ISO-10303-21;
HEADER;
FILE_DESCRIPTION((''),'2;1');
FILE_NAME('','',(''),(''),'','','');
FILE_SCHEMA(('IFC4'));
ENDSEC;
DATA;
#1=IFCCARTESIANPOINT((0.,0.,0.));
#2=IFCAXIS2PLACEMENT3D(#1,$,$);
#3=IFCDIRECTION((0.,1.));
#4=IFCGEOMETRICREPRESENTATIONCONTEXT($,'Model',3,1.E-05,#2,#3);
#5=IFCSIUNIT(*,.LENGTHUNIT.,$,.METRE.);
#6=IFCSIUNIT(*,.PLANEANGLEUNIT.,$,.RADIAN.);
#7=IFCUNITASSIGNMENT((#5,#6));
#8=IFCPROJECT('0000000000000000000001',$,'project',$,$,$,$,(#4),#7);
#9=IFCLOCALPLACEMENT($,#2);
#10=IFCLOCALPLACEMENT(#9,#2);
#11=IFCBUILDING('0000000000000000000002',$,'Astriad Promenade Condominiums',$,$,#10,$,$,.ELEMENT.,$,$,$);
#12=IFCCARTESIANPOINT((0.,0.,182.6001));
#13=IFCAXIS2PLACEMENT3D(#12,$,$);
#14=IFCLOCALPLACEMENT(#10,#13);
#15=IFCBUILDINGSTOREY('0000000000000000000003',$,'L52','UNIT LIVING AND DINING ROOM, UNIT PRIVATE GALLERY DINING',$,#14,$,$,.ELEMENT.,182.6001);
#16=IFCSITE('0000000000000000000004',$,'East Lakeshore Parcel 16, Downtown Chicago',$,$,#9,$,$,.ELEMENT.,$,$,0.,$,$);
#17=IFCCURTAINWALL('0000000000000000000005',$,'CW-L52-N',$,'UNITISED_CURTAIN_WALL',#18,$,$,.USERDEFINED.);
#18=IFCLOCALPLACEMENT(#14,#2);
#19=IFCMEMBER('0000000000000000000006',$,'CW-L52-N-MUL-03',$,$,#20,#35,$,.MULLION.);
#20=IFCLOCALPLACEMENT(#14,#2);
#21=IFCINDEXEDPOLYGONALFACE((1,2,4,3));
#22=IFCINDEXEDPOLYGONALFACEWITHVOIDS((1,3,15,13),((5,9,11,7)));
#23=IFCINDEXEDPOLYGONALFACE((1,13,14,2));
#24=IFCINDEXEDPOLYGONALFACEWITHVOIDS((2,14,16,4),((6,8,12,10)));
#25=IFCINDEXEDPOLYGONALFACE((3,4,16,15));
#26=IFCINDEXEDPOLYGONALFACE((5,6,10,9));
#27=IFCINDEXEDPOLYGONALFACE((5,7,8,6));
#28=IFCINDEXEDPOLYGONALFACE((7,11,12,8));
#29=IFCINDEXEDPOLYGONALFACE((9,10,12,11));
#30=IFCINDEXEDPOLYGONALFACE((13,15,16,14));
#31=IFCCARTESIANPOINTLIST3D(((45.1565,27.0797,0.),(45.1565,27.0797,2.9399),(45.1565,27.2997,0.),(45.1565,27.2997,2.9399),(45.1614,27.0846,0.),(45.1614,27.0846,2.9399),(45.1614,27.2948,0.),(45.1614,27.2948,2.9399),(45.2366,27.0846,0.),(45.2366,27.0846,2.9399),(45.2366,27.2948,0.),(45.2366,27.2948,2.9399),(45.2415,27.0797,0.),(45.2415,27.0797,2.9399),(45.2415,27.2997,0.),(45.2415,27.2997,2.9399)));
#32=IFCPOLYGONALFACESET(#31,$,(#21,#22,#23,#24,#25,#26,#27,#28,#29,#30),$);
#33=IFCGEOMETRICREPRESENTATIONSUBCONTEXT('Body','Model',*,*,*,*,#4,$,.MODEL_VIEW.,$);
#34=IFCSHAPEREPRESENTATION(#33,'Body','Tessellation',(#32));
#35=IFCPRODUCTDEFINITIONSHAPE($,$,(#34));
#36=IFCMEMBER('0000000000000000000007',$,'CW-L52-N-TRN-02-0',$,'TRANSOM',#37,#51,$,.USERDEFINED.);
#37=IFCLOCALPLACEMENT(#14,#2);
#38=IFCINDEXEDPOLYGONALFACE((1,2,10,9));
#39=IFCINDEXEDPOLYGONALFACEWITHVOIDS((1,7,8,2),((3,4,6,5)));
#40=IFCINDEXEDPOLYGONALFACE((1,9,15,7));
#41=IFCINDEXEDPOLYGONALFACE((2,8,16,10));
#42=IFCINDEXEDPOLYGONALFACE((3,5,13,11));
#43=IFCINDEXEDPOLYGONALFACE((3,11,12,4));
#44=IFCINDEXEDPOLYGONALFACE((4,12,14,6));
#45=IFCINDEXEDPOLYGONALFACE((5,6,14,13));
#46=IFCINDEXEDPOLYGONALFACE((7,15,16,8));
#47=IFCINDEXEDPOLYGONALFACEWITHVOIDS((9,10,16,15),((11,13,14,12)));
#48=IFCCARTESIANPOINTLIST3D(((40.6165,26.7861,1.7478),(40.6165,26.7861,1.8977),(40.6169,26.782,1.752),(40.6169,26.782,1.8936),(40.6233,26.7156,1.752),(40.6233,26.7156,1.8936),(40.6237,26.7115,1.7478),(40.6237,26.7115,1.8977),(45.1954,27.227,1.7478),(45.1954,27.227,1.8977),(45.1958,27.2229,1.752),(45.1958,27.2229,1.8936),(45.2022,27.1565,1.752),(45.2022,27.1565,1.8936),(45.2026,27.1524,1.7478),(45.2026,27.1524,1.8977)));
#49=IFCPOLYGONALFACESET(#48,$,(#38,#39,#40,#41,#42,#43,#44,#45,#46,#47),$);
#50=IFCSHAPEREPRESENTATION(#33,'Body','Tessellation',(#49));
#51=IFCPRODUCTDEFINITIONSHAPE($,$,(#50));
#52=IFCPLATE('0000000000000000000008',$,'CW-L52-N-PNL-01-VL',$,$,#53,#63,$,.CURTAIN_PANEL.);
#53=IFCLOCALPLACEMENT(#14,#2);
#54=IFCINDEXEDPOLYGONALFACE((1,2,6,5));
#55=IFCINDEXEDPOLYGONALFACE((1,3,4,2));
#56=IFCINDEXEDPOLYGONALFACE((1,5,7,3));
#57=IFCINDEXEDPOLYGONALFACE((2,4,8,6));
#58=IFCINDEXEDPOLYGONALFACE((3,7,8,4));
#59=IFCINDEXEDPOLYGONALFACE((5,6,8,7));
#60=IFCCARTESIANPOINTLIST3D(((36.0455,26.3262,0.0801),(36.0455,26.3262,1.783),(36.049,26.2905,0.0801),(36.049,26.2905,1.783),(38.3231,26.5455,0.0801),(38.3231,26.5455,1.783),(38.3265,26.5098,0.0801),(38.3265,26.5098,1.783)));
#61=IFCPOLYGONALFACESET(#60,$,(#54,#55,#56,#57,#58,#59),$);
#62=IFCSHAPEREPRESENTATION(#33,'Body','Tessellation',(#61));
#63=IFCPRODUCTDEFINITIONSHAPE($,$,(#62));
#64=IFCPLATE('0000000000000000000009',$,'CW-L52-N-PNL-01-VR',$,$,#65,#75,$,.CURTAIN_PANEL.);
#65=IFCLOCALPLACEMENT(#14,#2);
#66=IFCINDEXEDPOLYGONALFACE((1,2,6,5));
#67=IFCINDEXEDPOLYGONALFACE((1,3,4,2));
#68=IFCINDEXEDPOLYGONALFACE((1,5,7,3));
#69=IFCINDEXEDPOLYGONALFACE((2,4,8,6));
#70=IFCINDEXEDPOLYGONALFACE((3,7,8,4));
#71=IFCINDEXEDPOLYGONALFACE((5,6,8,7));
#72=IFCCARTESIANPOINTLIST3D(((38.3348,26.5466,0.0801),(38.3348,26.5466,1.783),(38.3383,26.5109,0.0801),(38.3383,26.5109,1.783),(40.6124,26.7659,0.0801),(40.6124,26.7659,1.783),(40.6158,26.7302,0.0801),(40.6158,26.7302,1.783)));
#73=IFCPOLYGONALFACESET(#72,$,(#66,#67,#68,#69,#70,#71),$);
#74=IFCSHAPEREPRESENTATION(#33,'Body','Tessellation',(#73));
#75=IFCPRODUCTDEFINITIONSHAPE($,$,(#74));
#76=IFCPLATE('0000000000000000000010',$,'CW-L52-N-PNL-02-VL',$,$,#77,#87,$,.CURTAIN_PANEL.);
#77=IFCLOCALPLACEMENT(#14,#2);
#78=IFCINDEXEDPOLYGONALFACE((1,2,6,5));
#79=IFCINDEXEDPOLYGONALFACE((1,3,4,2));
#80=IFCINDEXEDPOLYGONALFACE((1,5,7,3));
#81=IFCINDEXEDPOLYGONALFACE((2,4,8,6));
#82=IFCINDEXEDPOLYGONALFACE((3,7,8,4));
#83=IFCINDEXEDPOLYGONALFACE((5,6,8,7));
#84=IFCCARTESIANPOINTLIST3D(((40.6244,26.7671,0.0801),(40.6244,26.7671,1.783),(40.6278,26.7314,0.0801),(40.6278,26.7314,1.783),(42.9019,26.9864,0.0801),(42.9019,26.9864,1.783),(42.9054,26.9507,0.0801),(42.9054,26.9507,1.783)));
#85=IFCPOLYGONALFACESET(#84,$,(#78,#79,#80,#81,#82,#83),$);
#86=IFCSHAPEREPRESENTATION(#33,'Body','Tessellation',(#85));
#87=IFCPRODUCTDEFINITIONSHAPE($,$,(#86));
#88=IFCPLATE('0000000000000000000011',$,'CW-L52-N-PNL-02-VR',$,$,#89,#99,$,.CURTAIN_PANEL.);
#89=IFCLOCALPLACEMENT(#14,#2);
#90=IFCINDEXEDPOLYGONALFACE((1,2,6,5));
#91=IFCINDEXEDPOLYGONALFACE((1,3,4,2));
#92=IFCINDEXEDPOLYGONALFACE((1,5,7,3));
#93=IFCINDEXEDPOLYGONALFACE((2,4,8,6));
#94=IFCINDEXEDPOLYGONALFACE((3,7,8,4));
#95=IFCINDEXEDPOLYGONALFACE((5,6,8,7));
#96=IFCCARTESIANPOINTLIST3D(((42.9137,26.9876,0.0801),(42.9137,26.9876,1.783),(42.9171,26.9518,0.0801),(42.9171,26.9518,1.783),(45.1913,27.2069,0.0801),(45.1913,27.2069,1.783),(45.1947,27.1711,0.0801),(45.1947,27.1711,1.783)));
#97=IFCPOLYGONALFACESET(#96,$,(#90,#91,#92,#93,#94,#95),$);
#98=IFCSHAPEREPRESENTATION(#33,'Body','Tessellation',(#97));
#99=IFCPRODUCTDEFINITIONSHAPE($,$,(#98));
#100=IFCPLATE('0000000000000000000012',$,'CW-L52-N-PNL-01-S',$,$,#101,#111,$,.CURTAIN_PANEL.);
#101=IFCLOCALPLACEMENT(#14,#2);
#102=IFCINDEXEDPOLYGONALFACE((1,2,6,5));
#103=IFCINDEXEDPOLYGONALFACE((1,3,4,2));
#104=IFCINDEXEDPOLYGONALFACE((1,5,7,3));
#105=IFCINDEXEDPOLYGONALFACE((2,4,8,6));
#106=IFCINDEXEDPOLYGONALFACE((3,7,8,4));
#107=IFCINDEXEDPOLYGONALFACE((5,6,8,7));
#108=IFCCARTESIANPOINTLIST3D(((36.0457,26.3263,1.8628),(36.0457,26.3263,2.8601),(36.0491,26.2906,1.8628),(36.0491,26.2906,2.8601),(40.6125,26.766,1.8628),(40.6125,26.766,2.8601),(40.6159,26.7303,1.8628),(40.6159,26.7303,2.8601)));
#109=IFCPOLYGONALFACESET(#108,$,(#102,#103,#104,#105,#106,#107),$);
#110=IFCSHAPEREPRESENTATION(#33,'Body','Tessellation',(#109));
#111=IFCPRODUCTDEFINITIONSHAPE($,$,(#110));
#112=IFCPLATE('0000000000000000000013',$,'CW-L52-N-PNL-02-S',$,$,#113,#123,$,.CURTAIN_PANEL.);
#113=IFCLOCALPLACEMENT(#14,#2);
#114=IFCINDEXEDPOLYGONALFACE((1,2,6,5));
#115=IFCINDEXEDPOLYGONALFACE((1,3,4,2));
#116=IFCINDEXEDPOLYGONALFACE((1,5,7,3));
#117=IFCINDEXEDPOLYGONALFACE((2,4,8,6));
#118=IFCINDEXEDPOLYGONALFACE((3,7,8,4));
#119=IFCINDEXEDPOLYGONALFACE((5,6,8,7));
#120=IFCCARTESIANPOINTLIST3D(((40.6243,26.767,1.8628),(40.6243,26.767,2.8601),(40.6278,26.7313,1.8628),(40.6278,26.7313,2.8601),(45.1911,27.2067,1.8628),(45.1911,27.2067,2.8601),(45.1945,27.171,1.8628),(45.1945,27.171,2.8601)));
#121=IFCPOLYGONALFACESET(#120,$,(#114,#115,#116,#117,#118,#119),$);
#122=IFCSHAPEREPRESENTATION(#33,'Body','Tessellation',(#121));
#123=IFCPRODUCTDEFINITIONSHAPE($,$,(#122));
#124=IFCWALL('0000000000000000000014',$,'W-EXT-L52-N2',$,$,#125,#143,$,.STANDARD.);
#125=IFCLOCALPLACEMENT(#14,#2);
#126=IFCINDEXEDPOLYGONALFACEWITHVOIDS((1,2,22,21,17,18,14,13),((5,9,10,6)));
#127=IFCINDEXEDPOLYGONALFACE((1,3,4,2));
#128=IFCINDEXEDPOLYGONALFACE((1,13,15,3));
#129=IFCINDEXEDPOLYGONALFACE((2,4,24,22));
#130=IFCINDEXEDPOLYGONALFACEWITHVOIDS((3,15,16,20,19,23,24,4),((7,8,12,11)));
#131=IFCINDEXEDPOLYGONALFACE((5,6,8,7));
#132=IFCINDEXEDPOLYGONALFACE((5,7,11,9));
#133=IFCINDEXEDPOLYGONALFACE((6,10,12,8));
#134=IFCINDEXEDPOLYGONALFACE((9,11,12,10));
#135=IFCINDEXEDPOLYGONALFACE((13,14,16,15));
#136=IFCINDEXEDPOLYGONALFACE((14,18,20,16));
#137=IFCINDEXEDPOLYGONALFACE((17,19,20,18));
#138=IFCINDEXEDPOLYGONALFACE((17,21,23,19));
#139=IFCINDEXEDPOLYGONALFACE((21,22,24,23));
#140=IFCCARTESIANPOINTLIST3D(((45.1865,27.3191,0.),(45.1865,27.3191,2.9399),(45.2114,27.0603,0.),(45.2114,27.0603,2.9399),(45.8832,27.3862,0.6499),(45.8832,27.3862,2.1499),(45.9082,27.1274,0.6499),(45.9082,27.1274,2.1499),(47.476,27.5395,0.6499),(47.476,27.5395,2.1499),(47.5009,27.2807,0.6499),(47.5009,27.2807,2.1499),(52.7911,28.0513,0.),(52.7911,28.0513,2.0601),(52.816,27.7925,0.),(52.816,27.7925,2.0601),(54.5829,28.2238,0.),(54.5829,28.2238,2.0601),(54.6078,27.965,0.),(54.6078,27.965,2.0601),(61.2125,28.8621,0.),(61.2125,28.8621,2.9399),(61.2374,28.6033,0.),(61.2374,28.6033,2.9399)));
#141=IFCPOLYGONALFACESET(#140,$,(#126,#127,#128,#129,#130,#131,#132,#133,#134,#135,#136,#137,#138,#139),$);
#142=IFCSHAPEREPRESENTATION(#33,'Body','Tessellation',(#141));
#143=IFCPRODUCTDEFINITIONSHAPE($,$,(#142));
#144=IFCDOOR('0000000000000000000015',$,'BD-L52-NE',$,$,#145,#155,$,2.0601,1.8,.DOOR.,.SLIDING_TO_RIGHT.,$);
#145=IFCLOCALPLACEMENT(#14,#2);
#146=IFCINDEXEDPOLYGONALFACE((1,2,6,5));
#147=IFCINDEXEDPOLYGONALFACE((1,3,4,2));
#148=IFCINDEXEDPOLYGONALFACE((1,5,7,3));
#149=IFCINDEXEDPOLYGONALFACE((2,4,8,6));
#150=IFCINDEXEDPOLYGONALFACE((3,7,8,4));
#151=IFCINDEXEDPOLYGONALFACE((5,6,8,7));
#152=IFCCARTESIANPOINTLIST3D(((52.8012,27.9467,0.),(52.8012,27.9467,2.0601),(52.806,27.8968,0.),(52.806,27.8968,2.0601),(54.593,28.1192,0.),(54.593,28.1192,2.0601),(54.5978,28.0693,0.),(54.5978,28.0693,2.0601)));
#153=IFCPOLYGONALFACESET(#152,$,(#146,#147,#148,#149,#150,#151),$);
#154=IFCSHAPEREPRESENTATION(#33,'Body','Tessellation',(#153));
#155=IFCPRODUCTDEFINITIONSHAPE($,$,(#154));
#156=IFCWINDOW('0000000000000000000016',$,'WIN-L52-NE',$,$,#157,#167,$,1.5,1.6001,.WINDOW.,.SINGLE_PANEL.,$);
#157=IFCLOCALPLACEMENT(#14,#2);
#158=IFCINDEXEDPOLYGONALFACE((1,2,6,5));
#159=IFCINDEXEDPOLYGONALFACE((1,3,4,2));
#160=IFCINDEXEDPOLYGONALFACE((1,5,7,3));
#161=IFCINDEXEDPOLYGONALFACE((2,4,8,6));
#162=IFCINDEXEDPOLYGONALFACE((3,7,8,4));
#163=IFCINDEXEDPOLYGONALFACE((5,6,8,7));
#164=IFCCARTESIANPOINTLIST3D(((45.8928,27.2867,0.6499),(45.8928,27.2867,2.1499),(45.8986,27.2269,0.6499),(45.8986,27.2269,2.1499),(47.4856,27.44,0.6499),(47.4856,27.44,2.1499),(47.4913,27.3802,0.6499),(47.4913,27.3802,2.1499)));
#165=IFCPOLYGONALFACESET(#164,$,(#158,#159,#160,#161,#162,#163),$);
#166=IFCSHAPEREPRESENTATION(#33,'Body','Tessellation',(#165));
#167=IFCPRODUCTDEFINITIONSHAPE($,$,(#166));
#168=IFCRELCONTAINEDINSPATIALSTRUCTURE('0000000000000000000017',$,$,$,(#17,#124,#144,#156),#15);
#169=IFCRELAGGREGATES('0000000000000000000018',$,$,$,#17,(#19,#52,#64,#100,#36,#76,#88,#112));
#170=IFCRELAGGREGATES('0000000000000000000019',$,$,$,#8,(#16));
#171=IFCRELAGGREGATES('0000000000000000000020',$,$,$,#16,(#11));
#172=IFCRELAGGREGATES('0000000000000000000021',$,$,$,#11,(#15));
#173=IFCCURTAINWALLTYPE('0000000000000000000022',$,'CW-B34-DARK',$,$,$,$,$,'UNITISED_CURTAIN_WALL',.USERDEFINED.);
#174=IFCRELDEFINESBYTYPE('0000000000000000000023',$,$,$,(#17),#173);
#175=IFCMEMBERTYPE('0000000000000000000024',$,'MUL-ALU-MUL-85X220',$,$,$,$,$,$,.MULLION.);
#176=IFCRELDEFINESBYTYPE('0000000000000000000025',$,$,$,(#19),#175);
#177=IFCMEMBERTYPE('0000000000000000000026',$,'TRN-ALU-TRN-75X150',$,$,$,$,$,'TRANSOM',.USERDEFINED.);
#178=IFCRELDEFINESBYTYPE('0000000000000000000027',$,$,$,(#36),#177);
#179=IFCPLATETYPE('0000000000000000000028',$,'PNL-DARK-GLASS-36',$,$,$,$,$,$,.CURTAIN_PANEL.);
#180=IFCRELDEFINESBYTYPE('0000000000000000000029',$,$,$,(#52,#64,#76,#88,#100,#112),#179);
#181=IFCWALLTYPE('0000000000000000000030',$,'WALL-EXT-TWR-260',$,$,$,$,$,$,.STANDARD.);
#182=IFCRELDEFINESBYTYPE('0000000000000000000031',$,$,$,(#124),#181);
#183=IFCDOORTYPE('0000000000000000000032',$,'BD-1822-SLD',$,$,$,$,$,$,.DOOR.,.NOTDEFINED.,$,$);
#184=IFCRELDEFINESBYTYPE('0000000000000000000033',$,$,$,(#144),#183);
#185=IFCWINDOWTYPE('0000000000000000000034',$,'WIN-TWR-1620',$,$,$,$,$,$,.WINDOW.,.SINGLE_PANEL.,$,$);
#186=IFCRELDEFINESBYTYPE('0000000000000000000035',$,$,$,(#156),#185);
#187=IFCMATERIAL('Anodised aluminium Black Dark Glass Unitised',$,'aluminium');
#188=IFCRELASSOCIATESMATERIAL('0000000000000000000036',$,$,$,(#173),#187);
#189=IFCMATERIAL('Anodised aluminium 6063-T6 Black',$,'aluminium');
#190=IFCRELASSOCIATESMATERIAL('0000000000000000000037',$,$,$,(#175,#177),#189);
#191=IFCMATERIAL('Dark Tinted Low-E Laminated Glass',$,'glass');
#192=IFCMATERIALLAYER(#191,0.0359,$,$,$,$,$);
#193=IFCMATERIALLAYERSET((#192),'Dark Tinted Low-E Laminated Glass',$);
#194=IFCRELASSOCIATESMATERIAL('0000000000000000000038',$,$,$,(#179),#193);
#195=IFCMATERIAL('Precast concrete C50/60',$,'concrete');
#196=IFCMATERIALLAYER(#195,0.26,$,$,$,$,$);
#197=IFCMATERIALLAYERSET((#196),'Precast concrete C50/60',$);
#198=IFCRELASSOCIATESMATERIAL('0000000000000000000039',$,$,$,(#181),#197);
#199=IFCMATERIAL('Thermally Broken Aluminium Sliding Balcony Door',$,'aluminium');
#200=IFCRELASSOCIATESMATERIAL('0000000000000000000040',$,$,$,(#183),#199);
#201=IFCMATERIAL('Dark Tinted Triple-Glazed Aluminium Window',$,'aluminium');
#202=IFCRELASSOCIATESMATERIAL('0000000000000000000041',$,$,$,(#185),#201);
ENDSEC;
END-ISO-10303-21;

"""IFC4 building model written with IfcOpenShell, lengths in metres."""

from ifc_helpers import new_model, si_unit, direction, frame, frame_2d, origin, origin_2d, place, context, subcontext, project, spatial, rectangle, hollow_rectangle, extrude, source, transform, mapped, material, layer, layer_set, material_profile, profile_set, type_object, type_shapes, element, fill, aggregate, save


model = new_model("IFC4")

# Units and contexts
model_context = context("Model", 3, precision=1e-05, world=origin(), true_north=direction((0.0, 1.0)))
body_context = subcontext(model_context, "Body", "Model", "MODEL_VIEW")
ifc_project = project(units=[si_unit("LENGTHUNIT", "METRE"), si_unit("PLANEANGLEUNIT", "RADIAN")], contexts=[model_context])

# Site, building, storey
site_placement = place(None, origin())
site = spatial("IfcSite", under=ifc_project, at=site_placement, Name="East Lakeshore Parcel 16, Downtown Chicago", CompositionType="ELEMENT", RefElevation=0.0)
building_placement = place(site_placement, origin())
building = spatial("IfcBuilding", under=site, at=building_placement, Name="Astriad Promenade Condominiums", CompositionType="ELEMENT")
storey_placement = place(building_placement, frame((0.0, 0.0, 182.6001)))
storey = spatial("IfcBuildingStorey", under=building, at=storey_placement, Name="L52", Description="UNIT LIVING AND DINING ROOM, UNIT PRIVATE GALLERY DINING", CompositionType="ELEMENT", Elevation=182.6001)

# Curtain wall, members, plates
ifc_material_1 = material(Name="Anodised aluminium Black Dark Glass Unitised", Category="aluminium")
curtain_wall_type = type_object("IfcCurtainWallType", Name="CW-B34-DARK", ElementType="UNITISED_CURTAIN_WALL", PredefinedType="USERDEFINED", material=ifc_material_1)
curtain_wall_placement = place(storey_placement, origin())
curtain_wall = element("IfcCurtainWall", 1, at=curtain_wall_placement, inside=storey, type_object=curtain_wall_type, Name="CW-L52-N", ObjectType="UNITISED_CURTAIN_WALL", PredefinedType="USERDEFINED")
ifc_material_2 = material(Name="Anodised aluminium 6063-T6 Black", Category="aluminium")
ifc_material_profile_1 = material_profile(ifc_material_2, hollow_rectangle(XDim=0.085, YDim=0.22, WallThickness=0.0049, at=origin_2d()), Name="ALU-MUL-85X220")
ifc_profile_set_1 = profile_set([ifc_material_profile_1], Name="Anodised aluminium 6063-T6 Black")
member_type_1 = type_object("IfcMemberType", Name="MUL-ALU-MUL-85X220", PredefinedType="MULLION", material=ifc_profile_set_1)
shared_shape_1 = source(origin(), body_context, "Body", "SweptSolid", [
    extrude(hollow_rectangle(XDim=0.085, YDim=0.22, WallThickness=0.0049, at=origin_2d()), origin(), (0.0, 0.0, 1.0), 2.9399),
])
type_shapes(member_type_1, [shared_shape_1])
member_1_placement = place(storey_placement, frame((45.199, 27.1897, 0.0), z_axis=(0.0, 0.0, 1.0), x_axis=(1.0, 0.0, 0.0)))
member_1 = element("IfcMember", 2, at=member_1_placement, type_object=member_type_1, Name="CW-L52-N-MUL-03", PredefinedType="MULLION", context=body_context, shape_type="MappedRepresentation", body=[
    mapped(shared_shape_1, transform((0.0, 0.0, 0.0), scale=1.0)),
])
ifc_material_profile_2 = material_profile(ifc_material_2, hollow_rectangle(XDim=0.075, YDim=0.1499, WallThickness=0.0042, at=origin_2d()), Name="ALU-TRN-75X150")
ifc_profile_set_2 = profile_set([ifc_material_profile_2], Name="Anodised aluminium 6063-T6 Black")
member_type_2 = type_object("IfcMemberType", Name="TRN-ALU-TRN-75X150", ElementType="TRANSOM", PredefinedType="USERDEFINED", material=ifc_profile_set_2)
shared_shape_2 = source(origin(), body_context, "Body", "SweptSolid", [
    extrude(hollow_rectangle(XDim=0.075, YDim=0.1499, WallThickness=0.0042, at=origin_2d()), origin(), (0.0, 0.0, 1.0), 4.6001),
])
type_shapes(member_type_2, [shared_shape_2])
member_2_placement = place(storey_placement, frame((40.6201, 26.7488, 1.8228), z_axis=(0.995396, 0.095851, 0.0), x_axis=(-0.095851, 0.995396, 0.0)))
member_2 = element("IfcMember", 3, at=member_2_placement, type_object=member_type_2, Name="CW-L52-N-TRN-02-0", ObjectType="TRANSOM", PredefinedType="USERDEFINED", context=body_context, shape_type="MappedRepresentation", body=[
    mapped(shared_shape_2, transform((0.0, 0.0, 0.0), scale=1.0)),
])
ifc_material_3 = material(Name="Dark Tinted Low-E Laminated Glass", Category="glass")
ifc_layer_1 = layer(ifc_material_3, 0.0359)
ifc_layer_set_1 = layer_set([ifc_layer_1], Name="Dark Tinted Low-E Laminated Glass")
plate_type = type_object("IfcPlateType", Name="PNL-DARK-GLASS-36", PredefinedType="CURTAIN_PANEL", material=ifc_layer_set_1)
shared_shape_3 = source(origin(), body_context, "Body", "SweptSolid", [
    extrude(rectangle(XDim=2.2881, YDim=0.0359, at=origin_2d()), origin(), (0.0, 0.0, 1.0), 1.7029),
])
plate_1_placement = place(storey_placement, frame((37.186, 26.418, 0.0801), z_axis=(0.0, 0.0, 1.0), x_axis=(0.995396, 0.095846, 0.0)))
plate_1 = element("IfcPlate", 4, at=plate_1_placement, type_object=plate_type, Name="CW-L52-N-PNL-01-VL", PredefinedType="CURTAIN_PANEL", context=body_context, shape_type="MappedRepresentation", body=[
    mapped(shared_shape_3, transform((0.0, 0.0, 0.0), scale=1.0)),
])
plate_2_placement = place(storey_placement, frame((39.4753, 26.6384, 0.0801), z_axis=(0.0, 0.0, 1.0), x_axis=(0.995396, 0.095846, 0.0)))
plate_2 = element("IfcPlate", 5, at=plate_2_placement, type_object=plate_type, Name="CW-L52-N-PNL-01-VR", PredefinedType="CURTAIN_PANEL", context=body_context, shape_type="MappedRepresentation", body=[
    mapped(shared_shape_3, transform((0.0, 0.0, 0.0), scale=1.0)),
])
plate_3_placement = place(storey_placement, frame((41.7649, 26.8589, 0.0801), z_axis=(0.0, 0.0, 1.0), x_axis=(0.995396, 0.095846, 0.0)))
plate_3 = element("IfcPlate", 6, at=plate_3_placement, type_object=plate_type, Name="CW-L52-N-PNL-02-VL", PredefinedType="CURTAIN_PANEL", context=body_context, shape_type="MappedRepresentation", body=[
    mapped(shared_shape_3, transform((0.0, 0.0, 0.0), scale=1.0)),
])
plate_4_placement = place(storey_placement, frame((44.0542, 27.0793, 0.0801), z_axis=(0.0, 0.0, 1.0), x_axis=(0.995396, 0.095846, 0.0)))
plate_4 = element("IfcPlate", 7, at=plate_4_placement, type_object=plate_type, Name="CW-L52-N-PNL-02-VR", PredefinedType="CURTAIN_PANEL", context=body_context, shape_type="MappedRepresentation", body=[
    mapped(shared_shape_3, transform((0.0, 0.0, 0.0), scale=1.0)),
])
shared_shape_4 = source(origin(), body_context, "Body", "SweptSolid", [
    extrude(rectangle(XDim=4.5879, YDim=0.0359, at=origin_2d()), origin(), (0.0, 0.0, 1.0), 0.9973),
])
type_shapes(plate_type, [shared_shape_3, shared_shape_4])
plate_5_placement = place(storey_placement, frame((38.3308, 26.5283, 1.8628), z_axis=(0.0, 0.0, 1.0), x_axis=(0.995396, 0.095846, 0.0)))
plate_5 = element("IfcPlate", 8, at=plate_5_placement, type_object=plate_type, Name="CW-L52-N-PNL-01-S", PredefinedType="CURTAIN_PANEL", context=body_context, shape_type="MappedRepresentation", body=[
    mapped(shared_shape_4, transform((0.0, 0.0, 0.0), scale=1.0)),
])
plate_6_placement = place(storey_placement, frame((42.9094, 26.969, 1.8628), z_axis=(0.0, 0.0, 1.0), x_axis=(0.995396, 0.095846, 0.0)))
plate_6 = element("IfcPlate", 9, at=plate_6_placement, type_object=plate_type, Name="CW-L52-N-PNL-02-S", PredefinedType="CURTAIN_PANEL", context=body_context, shape_type="MappedRepresentation", body=[
    mapped(shared_shape_4, transform((0.0, 0.0, 0.0), scale=1.0)),
])
aggregate(curtain_wall, [member_1, plate_1, plate_2, plate_5, member_2, plate_3, plate_4, plate_6])

# Wall, openings, door, window
ifc_material_4 = material(Name="Precast concrete C50/60", Category="concrete")
ifc_layer_2 = layer(ifc_material_4, 0.26)
ifc_layer_set_2 = layer_set([ifc_layer_2], Name="Precast concrete C50/60")
wall_type_1 = type_object("IfcWallType", Name="WALL-EXT-TWR-260", PredefinedType="STANDARD", material=ifc_layer_set_2)
wall_1_placement = place(storey_placement, frame((45.199, 27.1897, 0.0), z_axis=(0.0, 0.0, 1.0), x_axis=(0.995397, 0.095837, 0.0)))
wall_1 = element("IfcWall", 10, at=wall_1_placement, inside=storey, type_object=wall_type_1, Name="W-EXT-L52-N2", PredefinedType="STANDARD", context=body_context, shape_type="SweptSolid", body=[
    extrude(rectangle(XDim=16.1001, YDim=0.26, at=frame_2d((8.05, 0.0))), origin(), (0.0, 0.0, 1.0), 2.9399),
])
opening_1_placement = place(wall_1_placement, frame((7.6399, 0.0, 0.0)))
opening_1 = element("IfcOpeningElement", 11, at=opening_1_placement, cuts=wall_1, PredefinedType="OPENING", context=body_context, shape_type="SweptSolid", body=[
    extrude(rectangle(XDim=1.8, YDim=2.0601, at=frame_2d((0.8999, 1.03))), frame((0.0, 0.1399, 0.0), z_axis=(0.0, -1.0, 0.0), x_axis=(1.0, 0.0, 0.0)), (0.0, 0.0, 1.0), 0.28),
])
opening_2_placement = place(wall_1_placement, frame((0.7, 0.0, 0.6499)))
opening_2 = element("IfcOpeningElement", 12, at=opening_2_placement, cuts=wall_1, PredefinedType="OPENING", context=body_context, shape_type="SweptSolid", body=[
    extrude(rectangle(XDim=1.6001, YDim=1.5, at=frame_2d((0.8, 0.75))), frame((0.0, 0.1399, 0.0), z_axis=(0.0, -1.0, 0.0), x_axis=(1.0, 0.0, 0.0)), (0.0, 0.0, 1.0), 0.28),
])
ifc_material_5 = material(Name="Thermally Broken Aluminium Sliding Balcony Door", Category="aluminium")
door_type_1 = type_object("IfcDoorType", Name="BD-1822-SLD", OperationType="NOTDEFINED", PredefinedType="DOOR", material=ifc_material_5)
shared_shape_5 = source(origin(), body_context, "Body", "SweptSolid", [
    extrude(rectangle(XDim=1.8, YDim=2.0601, at=frame_2d((0.8999, 1.03))), frame((0.0, 0.0249, 0.0), z_axis=(0.0, -1.0, 0.0), x_axis=(1.0, 0.0, 0.0)), (0.0, 0.0, 1.0), 0.05),
])
type_shapes(door_type_1, [shared_shape_5])
door_1_placement = place(opening_1_placement, origin())
door_1 = element("IfcDoor", 13, at=door_1_placement, inside=storey, type_object=door_type_1, Name="BD-L52-NE", OperationType="SLIDING_TO_RIGHT", OverallHeight=2.0601, OverallWidth=1.8, PredefinedType="DOOR", context=body_context, shape_type="MappedRepresentation", body=[
    mapped(shared_shape_5, transform((0.0, 0.0, 0.0), scale=1.0)),
])
fill(opening_1, door_1)
ifc_material_6 = material(Name="Dark Tinted Triple-Glazed Aluminium Window", Category="aluminium")
window_type = type_object("IfcWindowType", Name="WIN-TWR-1620", PartitioningType="SINGLE_PANEL", PredefinedType="WINDOW", material=ifc_material_6)
shared_shape_6 = source(origin(), body_context, "Body", "SweptSolid", [
    extrude(rectangle(XDim=1.6001, YDim=1.5, at=frame_2d((0.8, 0.75))), frame((0.0, 0.03, 0.0), z_axis=(0.0, -1.0, 0.0), x_axis=(1.0, 0.0, 0.0)), (0.0, 0.0, 1.0), 0.0601),
])
type_shapes(window_type, [shared_shape_6])
window_placement = place(opening_2_placement, origin())
window = element("IfcWindow", 14, at=window_placement, inside=storey, type_object=window_type, Name="WIN-L52-NE", OverallHeight=1.5, OverallWidth=1.6001, PartitioningType="SINGLE_PANEL", PredefinedType="WINDOW", context=body_context, shape_type="MappedRepresentation", body=[
    mapped(shared_shape_6, transform((0.0, 0.0, 0.0), scale=1.0)),
])
fill(opening_2, window)

save(model, "model.ifc")
